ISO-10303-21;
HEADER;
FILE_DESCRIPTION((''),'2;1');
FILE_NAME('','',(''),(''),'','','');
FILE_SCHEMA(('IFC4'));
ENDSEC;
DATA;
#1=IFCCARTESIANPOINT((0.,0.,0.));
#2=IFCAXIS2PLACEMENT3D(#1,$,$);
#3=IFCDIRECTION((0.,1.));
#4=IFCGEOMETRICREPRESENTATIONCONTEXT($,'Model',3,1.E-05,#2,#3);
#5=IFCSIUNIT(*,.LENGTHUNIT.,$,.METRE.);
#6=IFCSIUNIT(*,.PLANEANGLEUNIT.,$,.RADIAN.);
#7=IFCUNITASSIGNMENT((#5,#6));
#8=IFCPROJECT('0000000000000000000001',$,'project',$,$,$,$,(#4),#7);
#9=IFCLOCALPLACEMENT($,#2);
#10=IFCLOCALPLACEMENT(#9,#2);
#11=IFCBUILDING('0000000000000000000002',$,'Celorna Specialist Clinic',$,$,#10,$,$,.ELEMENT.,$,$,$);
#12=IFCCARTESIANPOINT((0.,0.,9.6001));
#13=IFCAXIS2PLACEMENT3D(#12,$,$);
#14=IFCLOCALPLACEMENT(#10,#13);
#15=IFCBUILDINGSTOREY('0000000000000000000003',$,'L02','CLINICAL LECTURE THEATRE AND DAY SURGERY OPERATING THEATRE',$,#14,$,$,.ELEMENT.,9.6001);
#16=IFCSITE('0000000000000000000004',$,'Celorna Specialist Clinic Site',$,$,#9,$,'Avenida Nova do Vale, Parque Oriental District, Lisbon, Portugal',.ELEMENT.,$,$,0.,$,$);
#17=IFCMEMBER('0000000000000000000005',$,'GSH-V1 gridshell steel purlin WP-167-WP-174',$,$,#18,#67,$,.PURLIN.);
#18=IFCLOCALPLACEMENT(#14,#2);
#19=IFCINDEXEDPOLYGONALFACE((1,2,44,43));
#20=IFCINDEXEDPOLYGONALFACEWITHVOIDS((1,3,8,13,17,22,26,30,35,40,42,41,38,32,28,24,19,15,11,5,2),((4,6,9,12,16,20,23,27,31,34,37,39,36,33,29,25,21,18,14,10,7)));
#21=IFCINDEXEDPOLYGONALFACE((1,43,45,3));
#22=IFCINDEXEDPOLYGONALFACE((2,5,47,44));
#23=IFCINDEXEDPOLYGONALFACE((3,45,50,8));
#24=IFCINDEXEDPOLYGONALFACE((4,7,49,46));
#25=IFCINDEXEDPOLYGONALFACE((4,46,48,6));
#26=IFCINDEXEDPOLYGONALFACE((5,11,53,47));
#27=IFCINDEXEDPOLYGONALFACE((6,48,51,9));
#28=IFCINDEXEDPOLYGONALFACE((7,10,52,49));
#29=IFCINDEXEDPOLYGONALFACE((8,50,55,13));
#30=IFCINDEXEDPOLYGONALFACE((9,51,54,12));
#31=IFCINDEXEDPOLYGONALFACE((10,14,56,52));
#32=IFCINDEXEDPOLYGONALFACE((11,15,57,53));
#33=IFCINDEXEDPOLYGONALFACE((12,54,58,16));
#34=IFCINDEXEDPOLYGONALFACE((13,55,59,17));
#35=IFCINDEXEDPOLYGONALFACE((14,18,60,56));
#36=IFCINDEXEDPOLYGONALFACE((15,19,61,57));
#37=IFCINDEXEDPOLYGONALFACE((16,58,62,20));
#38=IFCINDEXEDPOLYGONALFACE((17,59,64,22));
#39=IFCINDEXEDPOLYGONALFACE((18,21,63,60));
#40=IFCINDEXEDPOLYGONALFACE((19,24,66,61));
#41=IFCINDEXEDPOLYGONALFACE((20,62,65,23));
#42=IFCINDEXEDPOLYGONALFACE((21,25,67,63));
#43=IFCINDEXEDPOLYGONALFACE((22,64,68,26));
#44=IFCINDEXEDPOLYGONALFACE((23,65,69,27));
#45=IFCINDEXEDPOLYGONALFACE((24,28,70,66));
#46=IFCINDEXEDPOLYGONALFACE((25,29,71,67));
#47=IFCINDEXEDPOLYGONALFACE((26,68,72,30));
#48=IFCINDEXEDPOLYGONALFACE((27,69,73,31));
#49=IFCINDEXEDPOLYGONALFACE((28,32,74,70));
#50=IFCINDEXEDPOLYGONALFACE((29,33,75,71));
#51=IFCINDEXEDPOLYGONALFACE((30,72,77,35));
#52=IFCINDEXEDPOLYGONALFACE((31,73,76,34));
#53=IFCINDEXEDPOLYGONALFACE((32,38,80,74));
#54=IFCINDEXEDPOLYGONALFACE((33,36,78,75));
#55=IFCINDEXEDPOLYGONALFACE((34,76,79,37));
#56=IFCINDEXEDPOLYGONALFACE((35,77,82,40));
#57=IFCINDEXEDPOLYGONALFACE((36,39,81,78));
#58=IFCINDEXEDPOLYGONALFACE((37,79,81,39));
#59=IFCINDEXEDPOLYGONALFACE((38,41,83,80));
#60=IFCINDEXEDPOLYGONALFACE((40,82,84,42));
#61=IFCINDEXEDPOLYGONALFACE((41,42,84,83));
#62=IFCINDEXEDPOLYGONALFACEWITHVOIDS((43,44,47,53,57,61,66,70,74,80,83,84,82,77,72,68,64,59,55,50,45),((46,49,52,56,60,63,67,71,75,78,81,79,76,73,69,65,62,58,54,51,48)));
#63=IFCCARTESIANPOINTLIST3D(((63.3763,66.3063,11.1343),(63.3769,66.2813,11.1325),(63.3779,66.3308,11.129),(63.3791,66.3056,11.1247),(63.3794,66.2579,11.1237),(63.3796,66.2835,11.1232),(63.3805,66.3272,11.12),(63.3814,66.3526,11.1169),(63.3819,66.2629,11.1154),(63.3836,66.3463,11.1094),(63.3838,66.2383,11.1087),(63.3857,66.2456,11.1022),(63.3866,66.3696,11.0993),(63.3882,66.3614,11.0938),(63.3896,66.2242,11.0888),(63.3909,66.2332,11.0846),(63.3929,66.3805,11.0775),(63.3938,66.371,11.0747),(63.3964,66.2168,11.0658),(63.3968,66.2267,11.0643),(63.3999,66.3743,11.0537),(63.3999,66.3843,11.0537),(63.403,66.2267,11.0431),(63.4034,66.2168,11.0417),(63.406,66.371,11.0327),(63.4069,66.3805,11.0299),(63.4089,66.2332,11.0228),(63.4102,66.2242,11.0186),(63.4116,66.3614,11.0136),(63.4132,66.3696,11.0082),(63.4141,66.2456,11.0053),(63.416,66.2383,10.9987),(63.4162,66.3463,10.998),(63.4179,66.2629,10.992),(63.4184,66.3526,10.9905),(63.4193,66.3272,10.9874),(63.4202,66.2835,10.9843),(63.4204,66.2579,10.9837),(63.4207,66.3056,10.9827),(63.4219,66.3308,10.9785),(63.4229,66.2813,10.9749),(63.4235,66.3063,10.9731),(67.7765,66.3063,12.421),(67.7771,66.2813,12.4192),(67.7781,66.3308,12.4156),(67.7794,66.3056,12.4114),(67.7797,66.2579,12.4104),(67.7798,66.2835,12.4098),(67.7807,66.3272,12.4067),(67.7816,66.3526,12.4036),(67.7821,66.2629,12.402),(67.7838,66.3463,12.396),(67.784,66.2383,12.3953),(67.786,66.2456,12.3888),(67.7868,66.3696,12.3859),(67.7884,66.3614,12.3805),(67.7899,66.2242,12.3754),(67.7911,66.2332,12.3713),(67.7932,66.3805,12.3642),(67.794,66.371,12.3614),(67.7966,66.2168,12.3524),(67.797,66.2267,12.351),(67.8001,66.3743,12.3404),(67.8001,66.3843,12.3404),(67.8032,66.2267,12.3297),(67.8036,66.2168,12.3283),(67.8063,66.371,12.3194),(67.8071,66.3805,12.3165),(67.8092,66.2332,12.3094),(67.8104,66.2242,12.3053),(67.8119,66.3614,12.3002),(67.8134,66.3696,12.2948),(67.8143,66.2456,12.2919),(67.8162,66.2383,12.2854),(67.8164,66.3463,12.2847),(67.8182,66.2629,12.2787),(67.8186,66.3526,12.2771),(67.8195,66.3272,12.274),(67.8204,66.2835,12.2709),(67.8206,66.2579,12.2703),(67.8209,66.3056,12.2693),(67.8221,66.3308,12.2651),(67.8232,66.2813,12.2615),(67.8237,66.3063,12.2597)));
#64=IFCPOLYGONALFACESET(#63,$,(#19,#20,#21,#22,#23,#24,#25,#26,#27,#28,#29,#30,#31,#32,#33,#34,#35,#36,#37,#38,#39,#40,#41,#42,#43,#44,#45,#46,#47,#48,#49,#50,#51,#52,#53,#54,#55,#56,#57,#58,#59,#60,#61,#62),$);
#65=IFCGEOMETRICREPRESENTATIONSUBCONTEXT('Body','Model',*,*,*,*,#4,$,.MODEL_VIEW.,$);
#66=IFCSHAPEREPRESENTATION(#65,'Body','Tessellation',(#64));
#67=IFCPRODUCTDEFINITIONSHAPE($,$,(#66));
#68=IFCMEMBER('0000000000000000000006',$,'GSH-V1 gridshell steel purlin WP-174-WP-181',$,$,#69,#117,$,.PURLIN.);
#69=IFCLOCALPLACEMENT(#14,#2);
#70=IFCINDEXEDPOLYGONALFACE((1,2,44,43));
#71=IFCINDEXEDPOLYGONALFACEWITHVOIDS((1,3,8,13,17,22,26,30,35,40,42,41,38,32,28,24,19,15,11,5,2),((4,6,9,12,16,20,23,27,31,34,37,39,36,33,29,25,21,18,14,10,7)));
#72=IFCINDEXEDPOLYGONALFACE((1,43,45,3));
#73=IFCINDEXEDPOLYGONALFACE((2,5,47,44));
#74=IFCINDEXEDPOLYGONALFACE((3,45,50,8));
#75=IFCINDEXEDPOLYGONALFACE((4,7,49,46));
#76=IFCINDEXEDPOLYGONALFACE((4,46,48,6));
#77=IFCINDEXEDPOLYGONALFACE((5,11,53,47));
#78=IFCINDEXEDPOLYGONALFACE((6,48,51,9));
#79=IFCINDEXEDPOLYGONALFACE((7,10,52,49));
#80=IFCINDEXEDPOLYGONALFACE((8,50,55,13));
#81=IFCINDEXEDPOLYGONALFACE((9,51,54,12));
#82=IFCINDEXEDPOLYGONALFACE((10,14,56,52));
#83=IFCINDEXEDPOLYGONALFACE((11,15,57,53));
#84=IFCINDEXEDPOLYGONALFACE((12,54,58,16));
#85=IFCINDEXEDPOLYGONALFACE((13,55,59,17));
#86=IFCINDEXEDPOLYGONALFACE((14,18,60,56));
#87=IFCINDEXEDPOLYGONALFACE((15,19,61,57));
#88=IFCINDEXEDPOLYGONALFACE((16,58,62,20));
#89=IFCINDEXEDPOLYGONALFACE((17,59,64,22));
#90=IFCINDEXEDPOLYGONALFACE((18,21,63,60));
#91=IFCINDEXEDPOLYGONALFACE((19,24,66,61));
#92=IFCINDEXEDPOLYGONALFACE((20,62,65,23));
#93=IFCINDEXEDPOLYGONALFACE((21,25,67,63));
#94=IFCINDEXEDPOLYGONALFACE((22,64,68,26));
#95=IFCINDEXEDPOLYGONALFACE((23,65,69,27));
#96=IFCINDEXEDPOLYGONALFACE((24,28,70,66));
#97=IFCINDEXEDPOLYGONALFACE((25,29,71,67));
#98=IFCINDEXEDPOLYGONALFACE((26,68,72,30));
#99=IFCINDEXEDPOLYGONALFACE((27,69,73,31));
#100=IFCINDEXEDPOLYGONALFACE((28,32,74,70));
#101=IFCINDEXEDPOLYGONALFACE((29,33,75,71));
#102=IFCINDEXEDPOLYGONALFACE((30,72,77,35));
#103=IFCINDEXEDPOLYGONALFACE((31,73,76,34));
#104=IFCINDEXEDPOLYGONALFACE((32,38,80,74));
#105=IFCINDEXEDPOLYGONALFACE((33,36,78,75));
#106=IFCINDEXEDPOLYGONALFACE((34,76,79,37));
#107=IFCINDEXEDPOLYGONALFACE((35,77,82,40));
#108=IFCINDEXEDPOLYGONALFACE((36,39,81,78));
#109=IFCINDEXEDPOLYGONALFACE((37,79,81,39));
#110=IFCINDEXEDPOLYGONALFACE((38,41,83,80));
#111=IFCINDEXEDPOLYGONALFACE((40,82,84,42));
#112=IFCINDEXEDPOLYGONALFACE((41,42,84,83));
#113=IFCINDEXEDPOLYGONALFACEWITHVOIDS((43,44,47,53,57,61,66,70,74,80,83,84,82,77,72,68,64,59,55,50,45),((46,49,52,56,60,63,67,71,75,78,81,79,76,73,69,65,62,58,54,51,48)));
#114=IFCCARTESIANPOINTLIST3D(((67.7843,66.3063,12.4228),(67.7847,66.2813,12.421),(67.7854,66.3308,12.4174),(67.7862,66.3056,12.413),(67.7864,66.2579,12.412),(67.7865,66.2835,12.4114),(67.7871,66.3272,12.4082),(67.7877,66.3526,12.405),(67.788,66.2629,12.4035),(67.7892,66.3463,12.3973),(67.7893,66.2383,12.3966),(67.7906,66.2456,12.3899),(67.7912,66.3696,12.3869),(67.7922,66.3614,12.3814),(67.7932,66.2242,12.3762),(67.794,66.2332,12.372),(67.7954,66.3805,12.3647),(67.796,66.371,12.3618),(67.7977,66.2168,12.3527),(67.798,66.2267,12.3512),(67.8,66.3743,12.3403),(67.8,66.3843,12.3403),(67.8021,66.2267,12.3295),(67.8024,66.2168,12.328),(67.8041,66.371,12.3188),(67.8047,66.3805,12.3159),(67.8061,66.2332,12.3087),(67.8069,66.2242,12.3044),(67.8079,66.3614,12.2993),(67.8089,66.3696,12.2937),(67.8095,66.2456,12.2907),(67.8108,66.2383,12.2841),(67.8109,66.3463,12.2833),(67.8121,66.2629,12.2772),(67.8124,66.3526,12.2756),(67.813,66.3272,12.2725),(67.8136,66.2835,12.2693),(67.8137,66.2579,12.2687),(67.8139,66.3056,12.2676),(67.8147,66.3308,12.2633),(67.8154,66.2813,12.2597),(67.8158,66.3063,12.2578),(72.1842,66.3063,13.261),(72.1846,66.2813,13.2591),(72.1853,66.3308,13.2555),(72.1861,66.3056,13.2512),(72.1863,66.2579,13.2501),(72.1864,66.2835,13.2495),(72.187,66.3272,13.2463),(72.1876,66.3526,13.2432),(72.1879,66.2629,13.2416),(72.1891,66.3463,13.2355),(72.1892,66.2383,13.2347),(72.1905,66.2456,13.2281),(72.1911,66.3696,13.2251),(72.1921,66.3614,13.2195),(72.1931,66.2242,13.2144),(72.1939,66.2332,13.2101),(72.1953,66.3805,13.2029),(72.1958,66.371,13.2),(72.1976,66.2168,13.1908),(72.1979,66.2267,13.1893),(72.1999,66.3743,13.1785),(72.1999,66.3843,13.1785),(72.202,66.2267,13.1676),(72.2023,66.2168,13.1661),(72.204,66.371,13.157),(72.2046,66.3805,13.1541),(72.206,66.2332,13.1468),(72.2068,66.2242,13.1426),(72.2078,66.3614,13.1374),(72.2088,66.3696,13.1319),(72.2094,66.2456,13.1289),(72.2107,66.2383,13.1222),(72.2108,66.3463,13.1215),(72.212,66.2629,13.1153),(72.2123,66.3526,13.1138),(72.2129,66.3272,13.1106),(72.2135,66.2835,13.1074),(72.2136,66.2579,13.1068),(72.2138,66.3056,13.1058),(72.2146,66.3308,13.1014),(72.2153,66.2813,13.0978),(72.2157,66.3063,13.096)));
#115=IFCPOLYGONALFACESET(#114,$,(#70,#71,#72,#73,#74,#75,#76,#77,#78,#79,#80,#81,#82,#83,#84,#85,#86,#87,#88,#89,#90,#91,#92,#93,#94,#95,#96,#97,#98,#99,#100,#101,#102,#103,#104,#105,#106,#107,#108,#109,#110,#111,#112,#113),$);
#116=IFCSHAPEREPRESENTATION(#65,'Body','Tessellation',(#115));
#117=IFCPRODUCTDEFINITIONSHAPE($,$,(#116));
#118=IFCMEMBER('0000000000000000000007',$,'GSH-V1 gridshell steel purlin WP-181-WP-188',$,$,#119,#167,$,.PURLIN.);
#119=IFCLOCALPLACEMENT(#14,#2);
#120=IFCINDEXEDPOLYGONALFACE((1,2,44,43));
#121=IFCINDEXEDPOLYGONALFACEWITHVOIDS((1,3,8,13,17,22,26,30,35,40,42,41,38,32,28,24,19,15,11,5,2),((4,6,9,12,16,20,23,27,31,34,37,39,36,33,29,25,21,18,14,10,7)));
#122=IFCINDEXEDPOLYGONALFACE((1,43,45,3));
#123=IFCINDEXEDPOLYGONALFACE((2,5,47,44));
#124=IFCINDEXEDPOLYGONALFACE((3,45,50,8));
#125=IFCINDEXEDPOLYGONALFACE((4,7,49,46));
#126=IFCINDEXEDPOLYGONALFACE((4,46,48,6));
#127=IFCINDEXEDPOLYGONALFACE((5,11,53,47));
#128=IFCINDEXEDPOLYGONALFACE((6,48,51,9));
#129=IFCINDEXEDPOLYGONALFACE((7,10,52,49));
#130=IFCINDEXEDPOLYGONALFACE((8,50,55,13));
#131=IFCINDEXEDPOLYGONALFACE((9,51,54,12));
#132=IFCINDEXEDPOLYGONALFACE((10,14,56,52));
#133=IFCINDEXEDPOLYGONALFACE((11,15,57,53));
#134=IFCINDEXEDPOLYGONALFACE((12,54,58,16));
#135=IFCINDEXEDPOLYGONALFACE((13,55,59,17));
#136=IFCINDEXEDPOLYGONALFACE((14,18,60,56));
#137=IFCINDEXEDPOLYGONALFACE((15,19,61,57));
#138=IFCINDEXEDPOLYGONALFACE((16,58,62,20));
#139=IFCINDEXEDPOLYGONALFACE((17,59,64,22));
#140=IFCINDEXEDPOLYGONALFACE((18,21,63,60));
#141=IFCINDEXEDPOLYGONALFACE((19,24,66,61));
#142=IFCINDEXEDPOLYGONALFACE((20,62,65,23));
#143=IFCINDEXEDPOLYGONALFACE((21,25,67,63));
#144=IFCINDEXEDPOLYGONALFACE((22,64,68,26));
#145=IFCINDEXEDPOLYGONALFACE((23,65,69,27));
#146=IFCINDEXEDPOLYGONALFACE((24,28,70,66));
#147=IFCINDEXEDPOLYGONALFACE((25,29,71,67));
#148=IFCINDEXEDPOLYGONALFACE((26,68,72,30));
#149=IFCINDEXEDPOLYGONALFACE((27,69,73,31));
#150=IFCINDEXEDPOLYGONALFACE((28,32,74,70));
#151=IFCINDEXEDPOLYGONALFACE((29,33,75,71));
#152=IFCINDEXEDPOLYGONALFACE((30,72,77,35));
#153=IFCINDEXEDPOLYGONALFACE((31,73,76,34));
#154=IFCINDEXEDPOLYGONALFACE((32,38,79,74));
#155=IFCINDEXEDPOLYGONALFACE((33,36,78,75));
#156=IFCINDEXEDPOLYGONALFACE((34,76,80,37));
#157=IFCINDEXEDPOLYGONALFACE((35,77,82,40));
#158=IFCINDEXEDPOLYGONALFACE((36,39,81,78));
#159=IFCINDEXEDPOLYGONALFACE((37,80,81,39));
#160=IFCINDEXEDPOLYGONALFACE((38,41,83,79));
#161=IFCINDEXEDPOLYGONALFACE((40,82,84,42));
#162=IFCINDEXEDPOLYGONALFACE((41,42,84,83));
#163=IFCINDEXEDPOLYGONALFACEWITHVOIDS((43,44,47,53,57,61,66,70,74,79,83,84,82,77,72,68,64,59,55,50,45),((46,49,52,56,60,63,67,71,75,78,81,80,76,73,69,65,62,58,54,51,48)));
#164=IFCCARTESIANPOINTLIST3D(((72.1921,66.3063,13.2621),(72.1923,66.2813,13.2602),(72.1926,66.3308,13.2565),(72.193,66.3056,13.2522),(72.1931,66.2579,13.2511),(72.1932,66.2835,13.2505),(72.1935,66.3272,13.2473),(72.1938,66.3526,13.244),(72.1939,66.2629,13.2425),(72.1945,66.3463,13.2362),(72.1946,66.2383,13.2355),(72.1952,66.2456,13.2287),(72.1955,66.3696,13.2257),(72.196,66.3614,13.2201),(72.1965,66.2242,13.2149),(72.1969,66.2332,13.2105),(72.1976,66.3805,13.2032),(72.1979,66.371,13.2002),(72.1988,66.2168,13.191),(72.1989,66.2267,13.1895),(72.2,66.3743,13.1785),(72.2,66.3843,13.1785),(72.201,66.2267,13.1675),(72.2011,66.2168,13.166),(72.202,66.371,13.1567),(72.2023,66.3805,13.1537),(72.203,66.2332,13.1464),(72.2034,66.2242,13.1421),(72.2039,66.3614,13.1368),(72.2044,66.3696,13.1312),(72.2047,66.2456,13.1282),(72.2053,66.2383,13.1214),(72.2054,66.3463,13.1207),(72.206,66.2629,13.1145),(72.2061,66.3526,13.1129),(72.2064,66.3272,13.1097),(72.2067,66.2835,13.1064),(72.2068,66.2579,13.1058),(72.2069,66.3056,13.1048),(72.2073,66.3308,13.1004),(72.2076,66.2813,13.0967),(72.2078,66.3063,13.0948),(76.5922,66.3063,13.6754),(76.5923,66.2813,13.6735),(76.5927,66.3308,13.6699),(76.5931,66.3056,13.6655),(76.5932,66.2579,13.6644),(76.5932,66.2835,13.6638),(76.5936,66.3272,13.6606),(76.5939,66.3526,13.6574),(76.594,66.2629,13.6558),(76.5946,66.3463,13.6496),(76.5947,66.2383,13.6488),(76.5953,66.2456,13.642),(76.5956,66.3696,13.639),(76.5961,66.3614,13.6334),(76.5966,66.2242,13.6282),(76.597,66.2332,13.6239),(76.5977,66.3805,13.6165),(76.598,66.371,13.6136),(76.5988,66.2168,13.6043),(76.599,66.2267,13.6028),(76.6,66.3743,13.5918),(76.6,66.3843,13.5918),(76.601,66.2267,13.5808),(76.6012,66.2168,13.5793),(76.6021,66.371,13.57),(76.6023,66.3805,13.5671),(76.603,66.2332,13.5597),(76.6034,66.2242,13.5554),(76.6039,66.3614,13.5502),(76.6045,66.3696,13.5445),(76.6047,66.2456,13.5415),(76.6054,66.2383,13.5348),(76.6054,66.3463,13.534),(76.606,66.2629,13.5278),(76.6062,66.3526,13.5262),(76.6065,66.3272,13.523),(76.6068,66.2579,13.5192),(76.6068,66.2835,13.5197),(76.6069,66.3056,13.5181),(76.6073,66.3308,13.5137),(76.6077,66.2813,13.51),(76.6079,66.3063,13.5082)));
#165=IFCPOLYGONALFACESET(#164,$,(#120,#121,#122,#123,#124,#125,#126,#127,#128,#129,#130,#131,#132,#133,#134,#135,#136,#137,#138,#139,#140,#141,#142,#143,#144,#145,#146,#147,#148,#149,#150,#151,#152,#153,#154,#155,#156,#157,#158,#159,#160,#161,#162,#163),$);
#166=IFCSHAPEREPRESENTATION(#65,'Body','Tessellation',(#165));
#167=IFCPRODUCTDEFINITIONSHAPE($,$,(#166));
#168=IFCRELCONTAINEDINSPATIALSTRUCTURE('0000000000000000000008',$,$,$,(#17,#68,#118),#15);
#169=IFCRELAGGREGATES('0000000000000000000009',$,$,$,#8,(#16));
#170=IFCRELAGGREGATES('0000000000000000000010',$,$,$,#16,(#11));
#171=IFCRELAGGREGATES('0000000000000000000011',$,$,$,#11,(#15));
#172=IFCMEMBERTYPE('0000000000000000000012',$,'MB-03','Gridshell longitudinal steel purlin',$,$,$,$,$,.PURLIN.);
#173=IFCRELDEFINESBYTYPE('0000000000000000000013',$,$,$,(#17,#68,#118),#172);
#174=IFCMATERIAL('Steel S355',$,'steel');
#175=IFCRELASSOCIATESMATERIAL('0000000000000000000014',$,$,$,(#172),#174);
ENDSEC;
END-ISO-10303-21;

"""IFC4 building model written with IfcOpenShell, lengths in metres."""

from ifc_helpers import new_model, si_unit, direction, frame, origin, origin_2d, place, context, subcontext, project, spatial, hollow_circle, extrude, material, material_profile, profile_set, type_object, element, save


model = new_model("IFC4")

# Units and contexts
model_context = context("Model", 3, precision=1e-05, world=origin(), true_north=direction((0.0, 1.0)))
body_context = subcontext(model_context, "Body", "Model", "MODEL_VIEW")
ifc_project = project(units=[si_unit("LENGTHUNIT", "METRE"), si_unit("PLANEANGLEUNIT", "RADIAN")], contexts=[model_context])

# Site, building, storey
site_placement = place(None, origin())
site = spatial("IfcSite", under=ifc_project, at=site_placement, Name="Celorna Specialist Clinic Site", LongName="Avenida Nova do Vale, Parque Oriental District, Lisbon, Portugal", CompositionType="ELEMENT", RefElevation=0.0)
building_placement = place(site_placement, origin())
building = spatial("IfcBuilding", under=site, at=building_placement, Name="Celorna Specialist Clinic", CompositionType="ELEMENT")
storey_placement = place(building_placement, frame((0.0, 0.0, 9.6001)))
storey = spatial("IfcBuildingStorey", under=building, at=storey_placement, Name="L02", Description="CLINICAL LECTURE THEATRE AND DAY SURGERY OPERATING THEATRE", CompositionType="ELEMENT", Elevation=9.6001)

# Shared definitions
ifc_material_1 = material(Name="Steel S355", Category="steel")

# Members
ifc_material_profile_1 = material_profile(ifc_material_1, hollow_circle(Radius=0.0842, WallThickness=0.01, at=origin_2d()), Name="CHS 168.3x10")
ifc_profile_set_1 = profile_set([ifc_material_profile_1], Name="Steel S355")
member_type_1 = type_object("IfcMemberType", Name="MB-03", Description="Gridshell longitudinal steel purlin", PredefinedType="PURLIN", material=ifc_profile_set_1)
member_1_placement = place(storey_placement, frame((63.3999, 66.3, 11.0537), z_axis=(0.95981, 0.0, 0.280652), x_axis=(0.0, 1.0, 0.0)))
element("IfcMember", 1, at=member_1_placement, inside=storey, type_object=member_type_1, Name="GSH-V1 gridshell steel purlin WP-167-WP-174", PredefinedType="PURLIN", context=body_context, shape_type="SweptSolid", body=[
    extrude(hollow_circle(Radius=0.0842, WallThickness=0.01, at=origin_2d()), origin(), (0.0, 0.0, 1.0), 4.5845),
])
member_2_placement = place(storey_placement, frame((67.8, 66.3, 12.3403), z_axis=(0.982336, 0.0, 0.187125), x_axis=(0.0, 1.0, 0.0)))
element("IfcMember", 2, at=member_2_placement, inside=storey, type_object=member_type_1, Name="GSH-V1 gridshell steel purlin WP-174-WP-181", PredefinedType="PURLIN", context=body_context, shape_type="SweptSolid", body=[
    extrude(hollow_circle(Radius=0.0842, WallThickness=0.01, at=origin_2d()), origin(), (0.0, 0.0, 1.0), 4.479),
])
member_3_placement = place(storey_placement, frame((72.2, 66.3, 13.1785), z_axis=(0.995617, 0.0, 0.093524), x_axis=(0.0, 1.0, 0.0)))
element("IfcMember", 3, at=member_3_placement, inside=storey, type_object=member_type_1, Name="GSH-V1 gridshell steel purlin WP-181-WP-188", PredefinedType="PURLIN", context=body_context, shape_type="SweptSolid", body=[
    extrude(hollow_circle(Radius=0.0842, WallThickness=0.01, at=origin_2d()), origin(), (0.0, 0.0, 1.0), 4.4194),
])

save(model, "model.ifc")
